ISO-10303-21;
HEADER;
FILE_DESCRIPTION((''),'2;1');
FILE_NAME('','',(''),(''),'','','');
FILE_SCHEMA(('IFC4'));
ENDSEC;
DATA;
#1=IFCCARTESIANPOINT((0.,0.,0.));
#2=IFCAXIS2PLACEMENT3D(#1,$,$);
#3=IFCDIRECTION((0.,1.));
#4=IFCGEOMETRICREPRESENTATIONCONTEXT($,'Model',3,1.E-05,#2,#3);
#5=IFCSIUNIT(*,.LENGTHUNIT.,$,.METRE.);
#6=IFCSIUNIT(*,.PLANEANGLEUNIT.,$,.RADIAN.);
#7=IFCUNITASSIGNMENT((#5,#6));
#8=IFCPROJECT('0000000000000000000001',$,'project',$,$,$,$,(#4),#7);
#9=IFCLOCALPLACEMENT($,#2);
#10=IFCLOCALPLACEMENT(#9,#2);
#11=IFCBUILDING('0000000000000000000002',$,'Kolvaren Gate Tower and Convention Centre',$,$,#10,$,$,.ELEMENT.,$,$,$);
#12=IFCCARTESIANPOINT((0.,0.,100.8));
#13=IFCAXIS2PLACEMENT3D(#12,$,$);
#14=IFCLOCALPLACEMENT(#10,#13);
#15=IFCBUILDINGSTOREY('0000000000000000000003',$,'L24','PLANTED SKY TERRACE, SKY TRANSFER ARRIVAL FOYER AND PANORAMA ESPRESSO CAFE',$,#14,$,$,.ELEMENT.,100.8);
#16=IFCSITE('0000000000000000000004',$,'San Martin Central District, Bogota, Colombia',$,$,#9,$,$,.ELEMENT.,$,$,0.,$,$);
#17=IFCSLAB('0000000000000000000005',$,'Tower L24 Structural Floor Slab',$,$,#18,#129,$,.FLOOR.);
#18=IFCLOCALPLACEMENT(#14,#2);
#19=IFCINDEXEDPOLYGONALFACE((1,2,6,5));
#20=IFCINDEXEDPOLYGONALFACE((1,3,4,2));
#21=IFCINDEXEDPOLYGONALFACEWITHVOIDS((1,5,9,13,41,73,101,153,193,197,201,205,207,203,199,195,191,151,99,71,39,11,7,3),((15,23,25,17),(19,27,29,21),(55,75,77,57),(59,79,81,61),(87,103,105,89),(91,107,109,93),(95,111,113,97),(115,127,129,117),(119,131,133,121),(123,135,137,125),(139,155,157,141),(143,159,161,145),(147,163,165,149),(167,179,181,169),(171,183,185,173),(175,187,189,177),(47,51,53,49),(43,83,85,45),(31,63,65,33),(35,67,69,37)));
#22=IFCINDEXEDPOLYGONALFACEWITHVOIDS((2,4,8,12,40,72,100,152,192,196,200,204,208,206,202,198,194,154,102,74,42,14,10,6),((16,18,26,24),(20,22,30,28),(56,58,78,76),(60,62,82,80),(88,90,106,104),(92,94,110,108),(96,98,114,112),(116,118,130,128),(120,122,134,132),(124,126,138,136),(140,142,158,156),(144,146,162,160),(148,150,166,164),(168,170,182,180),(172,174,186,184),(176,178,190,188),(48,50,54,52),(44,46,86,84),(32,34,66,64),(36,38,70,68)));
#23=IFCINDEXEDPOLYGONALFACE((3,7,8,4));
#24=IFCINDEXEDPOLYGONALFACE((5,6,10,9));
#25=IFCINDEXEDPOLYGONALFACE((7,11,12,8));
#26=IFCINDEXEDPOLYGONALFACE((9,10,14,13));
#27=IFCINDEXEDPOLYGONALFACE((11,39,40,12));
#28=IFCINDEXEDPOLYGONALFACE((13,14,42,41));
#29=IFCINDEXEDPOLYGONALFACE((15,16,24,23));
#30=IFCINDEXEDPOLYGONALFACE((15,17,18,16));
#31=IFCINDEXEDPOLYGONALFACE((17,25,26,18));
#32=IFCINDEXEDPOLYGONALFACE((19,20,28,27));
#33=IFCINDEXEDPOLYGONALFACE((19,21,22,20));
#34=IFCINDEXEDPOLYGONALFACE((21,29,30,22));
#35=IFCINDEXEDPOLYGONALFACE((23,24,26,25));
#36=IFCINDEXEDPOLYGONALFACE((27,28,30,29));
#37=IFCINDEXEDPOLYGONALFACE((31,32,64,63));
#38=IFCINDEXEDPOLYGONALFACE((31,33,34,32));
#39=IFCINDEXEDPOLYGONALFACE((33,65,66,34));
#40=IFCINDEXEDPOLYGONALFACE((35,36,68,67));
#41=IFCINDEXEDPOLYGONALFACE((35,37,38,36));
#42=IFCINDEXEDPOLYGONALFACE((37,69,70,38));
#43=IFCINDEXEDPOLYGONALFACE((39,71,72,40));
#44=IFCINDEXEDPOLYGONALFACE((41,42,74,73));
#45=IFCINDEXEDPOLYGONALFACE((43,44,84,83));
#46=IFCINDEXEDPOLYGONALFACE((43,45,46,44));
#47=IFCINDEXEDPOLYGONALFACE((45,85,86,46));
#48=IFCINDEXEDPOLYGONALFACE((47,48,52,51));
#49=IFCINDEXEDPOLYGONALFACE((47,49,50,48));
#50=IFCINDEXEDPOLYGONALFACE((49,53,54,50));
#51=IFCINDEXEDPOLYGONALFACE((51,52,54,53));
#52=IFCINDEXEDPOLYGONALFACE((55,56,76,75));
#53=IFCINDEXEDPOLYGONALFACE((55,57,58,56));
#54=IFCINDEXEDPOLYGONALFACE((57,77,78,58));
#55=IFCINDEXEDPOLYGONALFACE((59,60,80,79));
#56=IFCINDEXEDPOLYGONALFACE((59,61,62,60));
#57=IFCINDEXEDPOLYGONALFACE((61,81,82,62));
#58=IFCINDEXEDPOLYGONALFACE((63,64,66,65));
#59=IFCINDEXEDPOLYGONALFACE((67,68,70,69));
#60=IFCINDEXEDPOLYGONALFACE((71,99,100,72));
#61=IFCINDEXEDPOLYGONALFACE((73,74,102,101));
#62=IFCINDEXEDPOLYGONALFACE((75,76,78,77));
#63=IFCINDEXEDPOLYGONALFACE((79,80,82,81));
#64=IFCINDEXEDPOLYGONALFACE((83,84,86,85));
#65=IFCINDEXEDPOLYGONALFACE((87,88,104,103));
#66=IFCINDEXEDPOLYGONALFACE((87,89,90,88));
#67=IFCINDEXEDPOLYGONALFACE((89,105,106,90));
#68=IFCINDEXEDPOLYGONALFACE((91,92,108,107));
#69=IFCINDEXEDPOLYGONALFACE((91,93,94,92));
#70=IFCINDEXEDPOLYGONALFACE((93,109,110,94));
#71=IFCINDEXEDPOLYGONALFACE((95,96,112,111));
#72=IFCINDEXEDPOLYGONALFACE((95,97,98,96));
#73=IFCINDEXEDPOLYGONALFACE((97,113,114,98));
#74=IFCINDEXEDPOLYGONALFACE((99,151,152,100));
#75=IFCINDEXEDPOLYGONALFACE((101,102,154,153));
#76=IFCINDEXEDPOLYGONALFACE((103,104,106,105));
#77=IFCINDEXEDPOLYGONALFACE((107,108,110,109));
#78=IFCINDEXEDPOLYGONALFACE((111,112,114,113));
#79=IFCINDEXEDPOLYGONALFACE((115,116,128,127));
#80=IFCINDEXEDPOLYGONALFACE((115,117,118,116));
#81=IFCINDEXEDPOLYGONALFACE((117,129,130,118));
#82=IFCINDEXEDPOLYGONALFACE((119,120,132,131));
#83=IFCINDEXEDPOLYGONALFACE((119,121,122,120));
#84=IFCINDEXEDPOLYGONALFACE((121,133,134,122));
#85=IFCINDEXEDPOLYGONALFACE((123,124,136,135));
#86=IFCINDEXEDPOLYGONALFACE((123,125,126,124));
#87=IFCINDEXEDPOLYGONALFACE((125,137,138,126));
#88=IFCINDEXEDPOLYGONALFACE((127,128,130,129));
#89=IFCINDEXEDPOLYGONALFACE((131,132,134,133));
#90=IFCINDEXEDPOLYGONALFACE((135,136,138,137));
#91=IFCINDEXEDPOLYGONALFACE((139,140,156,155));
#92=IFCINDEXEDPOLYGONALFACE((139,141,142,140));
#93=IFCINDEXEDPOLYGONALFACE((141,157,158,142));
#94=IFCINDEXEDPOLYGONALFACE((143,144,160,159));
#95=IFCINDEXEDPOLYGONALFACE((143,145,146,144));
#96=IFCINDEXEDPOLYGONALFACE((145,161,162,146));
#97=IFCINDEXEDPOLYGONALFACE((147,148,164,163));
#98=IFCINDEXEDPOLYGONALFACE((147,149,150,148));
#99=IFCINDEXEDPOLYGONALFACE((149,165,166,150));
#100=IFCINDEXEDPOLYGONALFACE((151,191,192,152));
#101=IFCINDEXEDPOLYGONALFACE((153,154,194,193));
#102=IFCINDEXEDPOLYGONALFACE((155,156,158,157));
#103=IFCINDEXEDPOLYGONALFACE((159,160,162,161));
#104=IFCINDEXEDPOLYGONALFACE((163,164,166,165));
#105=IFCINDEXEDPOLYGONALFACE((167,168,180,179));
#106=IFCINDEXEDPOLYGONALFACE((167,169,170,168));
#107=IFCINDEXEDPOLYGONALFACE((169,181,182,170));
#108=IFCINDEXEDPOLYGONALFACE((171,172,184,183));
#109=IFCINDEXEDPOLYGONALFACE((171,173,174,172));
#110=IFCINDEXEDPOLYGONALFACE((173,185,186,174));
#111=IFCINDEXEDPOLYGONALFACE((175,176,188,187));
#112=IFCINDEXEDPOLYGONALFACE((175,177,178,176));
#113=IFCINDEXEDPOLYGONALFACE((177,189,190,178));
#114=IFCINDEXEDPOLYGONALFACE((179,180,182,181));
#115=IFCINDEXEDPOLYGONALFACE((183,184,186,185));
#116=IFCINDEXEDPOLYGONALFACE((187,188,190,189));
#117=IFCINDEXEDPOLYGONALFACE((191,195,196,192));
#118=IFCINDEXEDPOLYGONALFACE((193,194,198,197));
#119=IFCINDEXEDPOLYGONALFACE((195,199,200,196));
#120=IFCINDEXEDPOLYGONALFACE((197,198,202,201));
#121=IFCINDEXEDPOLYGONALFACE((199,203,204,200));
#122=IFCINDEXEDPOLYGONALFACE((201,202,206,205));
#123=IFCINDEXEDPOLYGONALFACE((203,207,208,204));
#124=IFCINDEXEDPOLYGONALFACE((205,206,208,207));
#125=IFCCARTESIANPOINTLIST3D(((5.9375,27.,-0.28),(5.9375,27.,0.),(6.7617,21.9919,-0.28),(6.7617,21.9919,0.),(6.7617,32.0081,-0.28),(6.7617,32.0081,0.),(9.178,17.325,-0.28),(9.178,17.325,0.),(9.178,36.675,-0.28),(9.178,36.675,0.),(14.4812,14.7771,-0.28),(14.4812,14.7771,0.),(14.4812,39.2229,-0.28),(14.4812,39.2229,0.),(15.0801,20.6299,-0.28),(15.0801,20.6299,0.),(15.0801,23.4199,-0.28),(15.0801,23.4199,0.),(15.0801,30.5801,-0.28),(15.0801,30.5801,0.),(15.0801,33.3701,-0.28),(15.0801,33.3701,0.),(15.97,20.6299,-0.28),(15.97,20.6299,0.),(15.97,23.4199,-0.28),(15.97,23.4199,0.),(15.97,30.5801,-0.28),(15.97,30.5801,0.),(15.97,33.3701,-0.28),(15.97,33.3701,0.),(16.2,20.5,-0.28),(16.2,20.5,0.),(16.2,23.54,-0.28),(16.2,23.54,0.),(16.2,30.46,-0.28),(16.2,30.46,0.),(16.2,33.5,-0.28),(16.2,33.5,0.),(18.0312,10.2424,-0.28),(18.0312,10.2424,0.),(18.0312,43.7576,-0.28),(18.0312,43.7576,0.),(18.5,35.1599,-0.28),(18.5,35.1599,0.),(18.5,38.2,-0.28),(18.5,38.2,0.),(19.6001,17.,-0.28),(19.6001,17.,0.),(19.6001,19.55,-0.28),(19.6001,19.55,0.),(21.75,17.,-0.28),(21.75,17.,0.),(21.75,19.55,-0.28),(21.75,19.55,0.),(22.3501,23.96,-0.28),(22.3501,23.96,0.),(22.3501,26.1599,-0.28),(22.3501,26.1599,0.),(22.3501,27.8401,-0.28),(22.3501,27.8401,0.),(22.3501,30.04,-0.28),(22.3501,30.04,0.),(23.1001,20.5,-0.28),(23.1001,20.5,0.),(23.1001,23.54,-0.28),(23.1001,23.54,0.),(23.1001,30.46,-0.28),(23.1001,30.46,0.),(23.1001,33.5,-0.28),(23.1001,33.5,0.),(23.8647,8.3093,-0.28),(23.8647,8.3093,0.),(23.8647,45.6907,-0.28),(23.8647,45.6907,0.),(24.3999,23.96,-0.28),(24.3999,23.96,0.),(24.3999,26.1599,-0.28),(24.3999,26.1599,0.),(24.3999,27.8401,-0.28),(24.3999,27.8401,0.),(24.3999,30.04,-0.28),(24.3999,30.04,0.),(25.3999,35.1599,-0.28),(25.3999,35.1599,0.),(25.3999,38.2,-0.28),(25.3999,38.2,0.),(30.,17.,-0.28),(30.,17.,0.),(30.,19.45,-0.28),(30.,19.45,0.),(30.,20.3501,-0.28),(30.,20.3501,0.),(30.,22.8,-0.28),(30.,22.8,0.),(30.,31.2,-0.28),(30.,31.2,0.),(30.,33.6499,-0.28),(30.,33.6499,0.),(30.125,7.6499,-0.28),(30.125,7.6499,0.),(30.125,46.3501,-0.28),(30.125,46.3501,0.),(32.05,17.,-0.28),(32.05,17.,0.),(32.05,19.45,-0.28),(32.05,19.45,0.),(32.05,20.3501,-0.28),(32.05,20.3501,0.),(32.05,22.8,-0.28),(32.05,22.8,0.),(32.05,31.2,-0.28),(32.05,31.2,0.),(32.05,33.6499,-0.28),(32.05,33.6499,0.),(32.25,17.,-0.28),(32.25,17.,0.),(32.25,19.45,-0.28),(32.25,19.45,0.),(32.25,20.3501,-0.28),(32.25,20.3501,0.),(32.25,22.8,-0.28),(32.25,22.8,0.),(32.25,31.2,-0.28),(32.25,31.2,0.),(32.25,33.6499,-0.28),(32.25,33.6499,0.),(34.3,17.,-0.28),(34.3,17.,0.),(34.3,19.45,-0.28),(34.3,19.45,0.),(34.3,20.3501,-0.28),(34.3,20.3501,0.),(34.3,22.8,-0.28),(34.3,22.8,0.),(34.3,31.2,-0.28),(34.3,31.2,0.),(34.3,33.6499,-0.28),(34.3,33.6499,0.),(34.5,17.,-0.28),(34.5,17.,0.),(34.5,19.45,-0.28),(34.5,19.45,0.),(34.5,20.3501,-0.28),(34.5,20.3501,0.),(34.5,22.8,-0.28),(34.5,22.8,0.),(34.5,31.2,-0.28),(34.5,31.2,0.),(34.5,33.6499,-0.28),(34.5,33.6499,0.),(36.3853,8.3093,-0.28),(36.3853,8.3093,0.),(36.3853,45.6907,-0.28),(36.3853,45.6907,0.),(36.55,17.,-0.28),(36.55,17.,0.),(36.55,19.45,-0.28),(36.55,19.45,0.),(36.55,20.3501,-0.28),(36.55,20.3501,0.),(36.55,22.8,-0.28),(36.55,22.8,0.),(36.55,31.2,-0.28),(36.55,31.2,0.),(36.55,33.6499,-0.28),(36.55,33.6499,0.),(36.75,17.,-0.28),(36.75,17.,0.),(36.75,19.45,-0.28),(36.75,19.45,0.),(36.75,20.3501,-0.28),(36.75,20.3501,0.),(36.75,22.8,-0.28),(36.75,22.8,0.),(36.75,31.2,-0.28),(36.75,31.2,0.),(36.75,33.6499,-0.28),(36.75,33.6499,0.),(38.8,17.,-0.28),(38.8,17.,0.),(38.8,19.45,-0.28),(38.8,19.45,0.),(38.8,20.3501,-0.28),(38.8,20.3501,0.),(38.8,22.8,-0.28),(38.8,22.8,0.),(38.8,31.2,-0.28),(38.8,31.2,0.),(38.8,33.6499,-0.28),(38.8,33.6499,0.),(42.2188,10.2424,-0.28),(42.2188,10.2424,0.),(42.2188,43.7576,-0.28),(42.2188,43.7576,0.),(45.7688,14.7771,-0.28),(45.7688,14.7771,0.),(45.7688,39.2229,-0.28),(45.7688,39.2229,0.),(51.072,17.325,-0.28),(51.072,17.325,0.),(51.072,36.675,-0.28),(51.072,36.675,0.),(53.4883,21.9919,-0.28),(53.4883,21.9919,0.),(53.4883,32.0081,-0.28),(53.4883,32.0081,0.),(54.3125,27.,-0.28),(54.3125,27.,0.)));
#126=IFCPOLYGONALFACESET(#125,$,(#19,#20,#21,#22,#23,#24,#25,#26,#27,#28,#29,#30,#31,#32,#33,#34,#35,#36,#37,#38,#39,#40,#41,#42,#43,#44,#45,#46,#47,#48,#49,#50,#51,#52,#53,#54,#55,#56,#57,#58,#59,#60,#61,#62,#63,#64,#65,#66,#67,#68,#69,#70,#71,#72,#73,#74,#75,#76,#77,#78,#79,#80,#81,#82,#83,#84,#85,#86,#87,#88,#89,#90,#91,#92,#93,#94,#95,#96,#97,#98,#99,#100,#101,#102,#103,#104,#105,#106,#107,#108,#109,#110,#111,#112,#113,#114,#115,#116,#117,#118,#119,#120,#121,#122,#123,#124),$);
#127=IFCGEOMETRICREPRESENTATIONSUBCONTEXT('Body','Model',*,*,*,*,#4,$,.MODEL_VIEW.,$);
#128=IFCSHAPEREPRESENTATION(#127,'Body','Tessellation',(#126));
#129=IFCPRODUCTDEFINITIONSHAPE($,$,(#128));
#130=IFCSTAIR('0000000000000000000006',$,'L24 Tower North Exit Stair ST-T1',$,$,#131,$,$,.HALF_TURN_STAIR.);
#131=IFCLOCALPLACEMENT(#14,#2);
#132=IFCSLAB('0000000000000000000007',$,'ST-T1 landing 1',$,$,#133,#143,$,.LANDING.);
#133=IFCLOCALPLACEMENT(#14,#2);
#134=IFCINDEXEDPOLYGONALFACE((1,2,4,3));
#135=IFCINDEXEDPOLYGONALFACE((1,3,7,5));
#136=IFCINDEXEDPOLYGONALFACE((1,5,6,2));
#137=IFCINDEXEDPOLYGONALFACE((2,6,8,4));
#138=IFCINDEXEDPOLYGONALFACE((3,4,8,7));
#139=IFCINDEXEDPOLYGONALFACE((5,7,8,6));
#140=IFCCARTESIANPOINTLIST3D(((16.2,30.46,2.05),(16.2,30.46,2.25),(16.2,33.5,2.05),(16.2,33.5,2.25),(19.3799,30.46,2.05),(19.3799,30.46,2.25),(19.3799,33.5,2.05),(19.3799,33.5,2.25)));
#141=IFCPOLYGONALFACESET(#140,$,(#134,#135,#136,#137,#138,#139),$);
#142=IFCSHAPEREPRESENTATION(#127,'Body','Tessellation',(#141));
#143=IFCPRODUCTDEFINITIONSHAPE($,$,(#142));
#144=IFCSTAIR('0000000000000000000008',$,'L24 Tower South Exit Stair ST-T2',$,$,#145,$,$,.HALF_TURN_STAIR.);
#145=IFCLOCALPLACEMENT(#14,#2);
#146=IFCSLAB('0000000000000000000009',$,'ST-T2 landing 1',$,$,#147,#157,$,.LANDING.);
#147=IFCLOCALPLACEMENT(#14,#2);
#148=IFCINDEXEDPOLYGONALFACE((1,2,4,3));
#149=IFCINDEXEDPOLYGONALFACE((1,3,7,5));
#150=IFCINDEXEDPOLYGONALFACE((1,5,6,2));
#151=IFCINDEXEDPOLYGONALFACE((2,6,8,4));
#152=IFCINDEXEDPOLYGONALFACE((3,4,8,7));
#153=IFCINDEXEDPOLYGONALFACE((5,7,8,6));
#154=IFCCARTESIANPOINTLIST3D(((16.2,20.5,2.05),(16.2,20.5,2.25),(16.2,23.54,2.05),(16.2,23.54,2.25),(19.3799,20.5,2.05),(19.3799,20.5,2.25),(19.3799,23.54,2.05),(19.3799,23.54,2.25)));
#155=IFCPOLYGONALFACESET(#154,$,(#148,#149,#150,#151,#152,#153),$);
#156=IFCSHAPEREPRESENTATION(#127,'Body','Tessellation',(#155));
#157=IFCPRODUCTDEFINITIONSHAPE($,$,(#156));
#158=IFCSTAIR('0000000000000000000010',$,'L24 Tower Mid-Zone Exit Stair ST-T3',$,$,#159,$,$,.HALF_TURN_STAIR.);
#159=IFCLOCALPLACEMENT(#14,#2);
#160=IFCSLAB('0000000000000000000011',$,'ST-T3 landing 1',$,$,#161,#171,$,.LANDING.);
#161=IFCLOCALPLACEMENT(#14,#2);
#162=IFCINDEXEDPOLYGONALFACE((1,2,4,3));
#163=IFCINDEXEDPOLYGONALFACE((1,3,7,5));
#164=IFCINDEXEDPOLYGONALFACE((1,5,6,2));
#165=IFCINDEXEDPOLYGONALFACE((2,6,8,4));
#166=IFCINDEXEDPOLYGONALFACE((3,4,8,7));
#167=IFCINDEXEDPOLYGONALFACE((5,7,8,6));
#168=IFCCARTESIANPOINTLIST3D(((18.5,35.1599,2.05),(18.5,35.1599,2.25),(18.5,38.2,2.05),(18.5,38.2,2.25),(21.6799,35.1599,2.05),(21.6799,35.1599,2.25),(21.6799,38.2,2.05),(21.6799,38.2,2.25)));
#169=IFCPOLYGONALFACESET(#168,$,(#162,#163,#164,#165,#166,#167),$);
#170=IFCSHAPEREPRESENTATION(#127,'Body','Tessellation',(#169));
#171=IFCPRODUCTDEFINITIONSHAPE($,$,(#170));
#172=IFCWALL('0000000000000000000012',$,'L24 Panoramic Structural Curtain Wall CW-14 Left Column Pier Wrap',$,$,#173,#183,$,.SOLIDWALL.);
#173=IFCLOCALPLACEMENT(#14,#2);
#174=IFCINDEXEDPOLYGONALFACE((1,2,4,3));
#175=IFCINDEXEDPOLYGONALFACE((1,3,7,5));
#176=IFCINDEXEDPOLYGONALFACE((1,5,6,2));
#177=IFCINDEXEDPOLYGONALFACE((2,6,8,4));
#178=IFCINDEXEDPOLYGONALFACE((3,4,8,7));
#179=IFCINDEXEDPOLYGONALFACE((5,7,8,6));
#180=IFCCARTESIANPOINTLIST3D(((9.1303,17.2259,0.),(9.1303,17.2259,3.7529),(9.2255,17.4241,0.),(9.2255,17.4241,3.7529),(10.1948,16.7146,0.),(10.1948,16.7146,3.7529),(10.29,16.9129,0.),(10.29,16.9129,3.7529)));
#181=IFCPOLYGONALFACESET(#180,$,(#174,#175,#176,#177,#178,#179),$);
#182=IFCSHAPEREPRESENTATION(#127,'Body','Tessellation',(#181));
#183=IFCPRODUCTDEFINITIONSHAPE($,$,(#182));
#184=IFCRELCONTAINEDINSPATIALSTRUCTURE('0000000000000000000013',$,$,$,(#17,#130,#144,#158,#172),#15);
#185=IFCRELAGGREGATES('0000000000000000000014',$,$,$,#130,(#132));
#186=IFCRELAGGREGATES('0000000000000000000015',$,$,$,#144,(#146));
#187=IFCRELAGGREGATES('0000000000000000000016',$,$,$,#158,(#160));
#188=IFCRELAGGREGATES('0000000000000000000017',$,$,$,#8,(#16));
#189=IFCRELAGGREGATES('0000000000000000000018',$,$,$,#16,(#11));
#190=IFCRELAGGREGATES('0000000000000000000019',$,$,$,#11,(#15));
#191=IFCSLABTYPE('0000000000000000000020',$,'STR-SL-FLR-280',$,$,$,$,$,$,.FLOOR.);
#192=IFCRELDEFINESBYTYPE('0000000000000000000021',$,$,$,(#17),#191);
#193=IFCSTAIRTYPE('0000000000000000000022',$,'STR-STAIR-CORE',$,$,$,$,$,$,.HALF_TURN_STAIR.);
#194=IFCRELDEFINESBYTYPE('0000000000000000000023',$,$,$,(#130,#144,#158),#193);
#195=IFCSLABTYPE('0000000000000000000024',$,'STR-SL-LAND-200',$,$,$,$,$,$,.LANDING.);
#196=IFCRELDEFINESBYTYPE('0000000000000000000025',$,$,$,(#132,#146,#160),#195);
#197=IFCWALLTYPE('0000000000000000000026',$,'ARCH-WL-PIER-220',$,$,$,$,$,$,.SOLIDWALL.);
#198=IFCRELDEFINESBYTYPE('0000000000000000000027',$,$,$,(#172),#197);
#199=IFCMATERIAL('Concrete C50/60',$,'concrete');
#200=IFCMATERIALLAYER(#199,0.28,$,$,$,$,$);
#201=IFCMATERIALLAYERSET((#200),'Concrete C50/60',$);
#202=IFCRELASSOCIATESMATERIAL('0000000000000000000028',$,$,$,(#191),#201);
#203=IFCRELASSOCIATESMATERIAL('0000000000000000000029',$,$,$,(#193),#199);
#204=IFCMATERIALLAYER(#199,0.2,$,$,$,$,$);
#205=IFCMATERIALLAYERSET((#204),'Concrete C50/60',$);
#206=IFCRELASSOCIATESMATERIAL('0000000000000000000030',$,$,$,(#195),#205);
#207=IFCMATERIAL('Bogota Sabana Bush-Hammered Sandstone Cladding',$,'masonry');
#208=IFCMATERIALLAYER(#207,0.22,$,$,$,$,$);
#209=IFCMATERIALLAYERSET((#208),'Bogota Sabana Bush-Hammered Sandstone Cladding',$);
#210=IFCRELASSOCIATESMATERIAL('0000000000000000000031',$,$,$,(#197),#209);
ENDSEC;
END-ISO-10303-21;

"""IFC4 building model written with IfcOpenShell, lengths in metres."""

from ifc_helpers import new_model, si_unit, direction, frame, frame_2d, origin, place, context, subcontext, project, spatial, polyline, rectangle, outline, extrude, material, layer, layer_set, type_object, element, aggregate, save


model = new_model("IFC4")

# Units and contexts
model_context = context("Model", 3, precision=1e-05, world=origin(), true_north=direction((0.0, 1.0)))
body_context = subcontext(model_context, "Body", "Model", "MODEL_VIEW")
ifc_project = project(units=[si_unit("LENGTHUNIT", "METRE"), si_unit("PLANEANGLEUNIT", "RADIAN")], contexts=[model_context])

# Site, building, storey
site_placement = place(None, origin())
site = spatial("IfcSite", under=ifc_project, at=site_placement, Name="San Martin Central District, Bogota, Colombia", CompositionType="ELEMENT", RefElevation=0.0)
building_placement = place(site_placement, origin())
building = spatial("IfcBuilding", under=site, at=building_placement, Name="Kolvaren Gate Tower and Convention Centre", CompositionType="ELEMENT")
storey_placement = place(building_placement, frame((0.0, 0.0, 100.8)))
storey = spatial("IfcBuildingStorey", under=building, at=storey_placement, Name="L24", Description="PLANTED SKY TERRACE, SKY TRANSFER ARRIVAL FOYER AND PANORAMA ESPRESSO CAFE", CompositionType="ELEMENT", Elevation=100.8)

# Slab
ifc_material_1 = material(Name="Concrete C50/60", Category="concrete")
ifc_layer_1 = layer(ifc_material_1, 0.28)
ifc_layer_set_1 = layer_set([ifc_layer_1], Name="Concrete C50/60")
slab_type_1 = type_object("IfcSlabType", Name="STR-SL-FLR-280", PredefinedType="FLOOR", material=ifc_layer_set_1)
slab_1_placement = place(storey_placement, frame((0.0, 0.0, -0.28)))
element("IfcSlab", 1, at=slab_1_placement, inside=storey, type_object=slab_type_1, Name="Tower L24 Structural Floor Slab", PredefinedType="FLOOR", context=body_context, shape_type="SweptSolid", body=[
    extrude(outline(polyline([(54.3125, 27.0), (53.4883, 32.0081), (51.072, 36.675), (45.7688, 39.2229), (42.2188, 43.7576), (36.3853, 45.6907), (30.125, 46.3501), (23.8647, 45.6907), (18.0312, 43.7576), (14.4812, 39.2229), (9.178, 36.675), (6.7617, 32.0081), (5.9375, 27.0), (6.7617, 21.9919), (9.178, 17.325), (14.4812, 14.7771), (18.0312, 10.2424), (23.8647, 8.3093), (30.125, 7.6499), (36.3853, 8.3093), (42.2188, 10.2424), (45.7688, 14.7771), (51.072, 17.325), (53.4883, 21.9919), (54.3125, 27.0)]), holes=[polyline([(36.75, 33.6499), (38.8, 33.6499), (38.8, 31.2), (36.75, 31.2), (36.75, 33.6499)]), polyline([(36.75, 20.3501), (36.75, 22.8), (38.8, 22.8), (38.8, 20.3501), (36.75, 20.3501)]), polyline([(36.75, 17.0), (36.75, 19.45), (38.8, 19.45), (38.8, 17.0), (36.75, 17.0)]), polyline([(34.5, 33.6499), (36.55, 33.6499), (36.55, 31.2), (34.5, 31.2), (34.5, 33.6499)]), polyline([(34.5, 22.8), (36.55, 22.8), (36.55, 20.3501), (34.5, 20.3501), (34.5, 22.8)]), polyline([(34.5, 17.0), (34.5, 19.45), (36.55, 19.45), (36.55, 17.0), (34.5, 17.0)]), polyline([(32.25, 31.2), (32.25, 33.6499), (34.3, 33.6499), (34.3, 31.2), (32.25, 31.2)]), polyline([(32.25, 22.8), (34.3, 22.8), (34.3, 20.3501), (32.25, 20.3501), (32.25, 22.8)]), polyline([(32.25, 17.0), (32.25, 19.45), (34.3, 19.45), (34.3, 17.0), (32.25, 17.0)]), polyline([(30.0, 31.2), (30.0, 33.6499), (32.05, 33.6499), (32.05, 31.2), (30.0, 31.2)]), polyline([(30.0, 20.3501), (30.0, 22.8), (32.05, 22.8), (32.05, 20.3501), (30.0, 20.3501)]), polyline([(30.0, 17.0), (30.0, 19.45), (32.05, 19.45), (32.05, 17.0), (30.0, 17.0)]), polyline([(25.3999, 35.1599), (18.5, 35.1599), (18.5, 38.2), (25.3999, 38.2), (25.3999, 35.1599)]), polyline([(22.3501, 27.8401), (22.3501, 30.04), (24.3999, 30.04), (24.3999, 27.8401), (22.3501, 27.8401)]), polyline([(22.3501, 23.96), (22.3501, 26.1599), (24.3999, 26.1599), (24.3999, 23.96), (22.3501, 23.96)]), polyline([(23.1001, 30.46), (16.2, 30.46), (16.2, 33.5), (23.1001, 33.5), (23.1001, 30.46)]), polyline([(23.1001, 20.5), (16.2, 20.5), (16.2, 23.54), (23.1001, 23.54), (23.1001, 20.5)]), polyline([(19.6001, 17.0), (19.6001, 19.55), (21.75, 19.55), (21.75, 17.0), (19.6001, 17.0)]), polyline([(15.0801, 23.4199), (15.97, 23.4199), (15.97, 20.6299), (15.0801, 20.6299), (15.0801, 23.4199)]), polyline([(15.0801, 30.5801), (15.0801, 33.3701), (15.97, 33.3701), (15.97, 30.5801), (15.0801, 30.5801)])]), origin(), (0.0, 0.0, 1.0), 0.28),
])

# Stairs, slabs
stair_type = type_object("IfcStairType", Name="STR-STAIR-CORE", PredefinedType="HALF_TURN_STAIR", material=ifc_material_1)
stair_1_placement = place(storey_placement, origin())
stair_1 = element("IfcStair", 2, at=stair_1_placement, inside=storey, type_object=stair_type, Name="L24 Tower North Exit Stair ST-T1", PredefinedType="HALF_TURN_STAIR")
ifc_layer_2 = layer(ifc_material_1, 0.2)
ifc_layer_set_2 = layer_set([ifc_layer_2], Name="Concrete C50/60")
slab_type_2 = type_object("IfcSlabType", Name="STR-SL-LAND-200", PredefinedType="LANDING", material=ifc_layer_set_2)
slab_2_placement = place(storey_placement, frame((0.0, 0.0, 2.05)))
slab_2 = element("IfcSlab", 3, at=slab_2_placement, type_object=slab_type_2, Name="ST-T1 landing 1", PredefinedType="LANDING", context=body_context, shape_type="SweptSolid", body=[
    extrude(outline(polyline([(19.3799, 33.5), (16.2, 33.5), (16.2, 30.46), (19.3799, 30.46), (19.3799, 33.5)])), origin(), (0.0, 0.0, 1.0), 0.2),
])
aggregate(stair_1, [slab_2])
stair_2_placement = place(storey_placement, origin())
stair_2 = element("IfcStair", 4, at=stair_2_placement, inside=storey, type_object=stair_type, Name="L24 Tower South Exit Stair ST-T2", PredefinedType="HALF_TURN_STAIR")
slab_3_placement = place(storey_placement, frame((0.0, 0.0, 2.05)))
slab_3 = element("IfcSlab", 5, at=slab_3_placement, type_object=slab_type_2, Name="ST-T2 landing 1", PredefinedType="LANDING", context=body_context, shape_type="SweptSolid", body=[
    extrude(outline(polyline([(19.3799, 23.54), (16.2, 23.54), (16.2, 20.5), (19.3799, 20.5), (19.3799, 23.54)])), origin(), (0.0, 0.0, 1.0), 0.2),
])
aggregate(stair_2, [slab_3])
stair_3_placement = place(storey_placement, origin())
stair_3 = element("IfcStair", 6, at=stair_3_placement, inside=storey, type_object=stair_type, Name="L24 Tower Mid-Zone Exit Stair ST-T3", PredefinedType="HALF_TURN_STAIR")
slab_4_placement = place(storey_placement, frame((0.0, 0.0, 2.05)))
slab_4 = element("IfcSlab", 7, at=slab_4_placement, type_object=slab_type_2, Name="ST-T3 landing 1", PredefinedType="LANDING", context=body_context, shape_type="SweptSolid", body=[
    extrude(outline(polyline([(21.6799, 38.2), (18.5, 38.2), (18.5, 35.1599), (21.6799, 35.1599), (21.6799, 38.2)])), origin(), (0.0, 0.0, 1.0), 0.2),
])
aggregate(stair_3, [slab_4])

# Wall
ifc_material_2 = material(Name="Bogota Sabana Bush-Hammered Sandstone Cladding", Category="masonry")
ifc_layer_3 = layer(ifc_material_2, 0.22)
ifc_layer_set_3 = layer_set([ifc_layer_3], Name="Bogota Sabana Bush-Hammered Sandstone Cladding")
wall_type_1 = type_object("IfcWallType", Name="ARCH-WL-PIER-220", PredefinedType="SOLIDWALL", material=ifc_layer_set_3)
wall_1_placement = place(storey_placement, frame((9.178, 17.325, 0.0), z_axis=(0.0, 0.0, 1.0), x_axis=(0.901426, -0.432933, 0.0)))
element("IfcWall", 8, at=wall_1_placement, inside=storey, type_object=wall_type_1, Name="L24 Panoramic Structural Curtain Wall CW-14 Left Column Pier Wrap", PredefinedType="SOLIDWALL", context=body_context, shape_type="SweptSolid", body=[
    extrude(rectangle(XDim=1.1809, YDim=0.22, at=frame_2d((0.5903, 0.0))), origin(), (0.0, 0.0, 1.0), 3.7529),
])

save(model, "model.ifc")
